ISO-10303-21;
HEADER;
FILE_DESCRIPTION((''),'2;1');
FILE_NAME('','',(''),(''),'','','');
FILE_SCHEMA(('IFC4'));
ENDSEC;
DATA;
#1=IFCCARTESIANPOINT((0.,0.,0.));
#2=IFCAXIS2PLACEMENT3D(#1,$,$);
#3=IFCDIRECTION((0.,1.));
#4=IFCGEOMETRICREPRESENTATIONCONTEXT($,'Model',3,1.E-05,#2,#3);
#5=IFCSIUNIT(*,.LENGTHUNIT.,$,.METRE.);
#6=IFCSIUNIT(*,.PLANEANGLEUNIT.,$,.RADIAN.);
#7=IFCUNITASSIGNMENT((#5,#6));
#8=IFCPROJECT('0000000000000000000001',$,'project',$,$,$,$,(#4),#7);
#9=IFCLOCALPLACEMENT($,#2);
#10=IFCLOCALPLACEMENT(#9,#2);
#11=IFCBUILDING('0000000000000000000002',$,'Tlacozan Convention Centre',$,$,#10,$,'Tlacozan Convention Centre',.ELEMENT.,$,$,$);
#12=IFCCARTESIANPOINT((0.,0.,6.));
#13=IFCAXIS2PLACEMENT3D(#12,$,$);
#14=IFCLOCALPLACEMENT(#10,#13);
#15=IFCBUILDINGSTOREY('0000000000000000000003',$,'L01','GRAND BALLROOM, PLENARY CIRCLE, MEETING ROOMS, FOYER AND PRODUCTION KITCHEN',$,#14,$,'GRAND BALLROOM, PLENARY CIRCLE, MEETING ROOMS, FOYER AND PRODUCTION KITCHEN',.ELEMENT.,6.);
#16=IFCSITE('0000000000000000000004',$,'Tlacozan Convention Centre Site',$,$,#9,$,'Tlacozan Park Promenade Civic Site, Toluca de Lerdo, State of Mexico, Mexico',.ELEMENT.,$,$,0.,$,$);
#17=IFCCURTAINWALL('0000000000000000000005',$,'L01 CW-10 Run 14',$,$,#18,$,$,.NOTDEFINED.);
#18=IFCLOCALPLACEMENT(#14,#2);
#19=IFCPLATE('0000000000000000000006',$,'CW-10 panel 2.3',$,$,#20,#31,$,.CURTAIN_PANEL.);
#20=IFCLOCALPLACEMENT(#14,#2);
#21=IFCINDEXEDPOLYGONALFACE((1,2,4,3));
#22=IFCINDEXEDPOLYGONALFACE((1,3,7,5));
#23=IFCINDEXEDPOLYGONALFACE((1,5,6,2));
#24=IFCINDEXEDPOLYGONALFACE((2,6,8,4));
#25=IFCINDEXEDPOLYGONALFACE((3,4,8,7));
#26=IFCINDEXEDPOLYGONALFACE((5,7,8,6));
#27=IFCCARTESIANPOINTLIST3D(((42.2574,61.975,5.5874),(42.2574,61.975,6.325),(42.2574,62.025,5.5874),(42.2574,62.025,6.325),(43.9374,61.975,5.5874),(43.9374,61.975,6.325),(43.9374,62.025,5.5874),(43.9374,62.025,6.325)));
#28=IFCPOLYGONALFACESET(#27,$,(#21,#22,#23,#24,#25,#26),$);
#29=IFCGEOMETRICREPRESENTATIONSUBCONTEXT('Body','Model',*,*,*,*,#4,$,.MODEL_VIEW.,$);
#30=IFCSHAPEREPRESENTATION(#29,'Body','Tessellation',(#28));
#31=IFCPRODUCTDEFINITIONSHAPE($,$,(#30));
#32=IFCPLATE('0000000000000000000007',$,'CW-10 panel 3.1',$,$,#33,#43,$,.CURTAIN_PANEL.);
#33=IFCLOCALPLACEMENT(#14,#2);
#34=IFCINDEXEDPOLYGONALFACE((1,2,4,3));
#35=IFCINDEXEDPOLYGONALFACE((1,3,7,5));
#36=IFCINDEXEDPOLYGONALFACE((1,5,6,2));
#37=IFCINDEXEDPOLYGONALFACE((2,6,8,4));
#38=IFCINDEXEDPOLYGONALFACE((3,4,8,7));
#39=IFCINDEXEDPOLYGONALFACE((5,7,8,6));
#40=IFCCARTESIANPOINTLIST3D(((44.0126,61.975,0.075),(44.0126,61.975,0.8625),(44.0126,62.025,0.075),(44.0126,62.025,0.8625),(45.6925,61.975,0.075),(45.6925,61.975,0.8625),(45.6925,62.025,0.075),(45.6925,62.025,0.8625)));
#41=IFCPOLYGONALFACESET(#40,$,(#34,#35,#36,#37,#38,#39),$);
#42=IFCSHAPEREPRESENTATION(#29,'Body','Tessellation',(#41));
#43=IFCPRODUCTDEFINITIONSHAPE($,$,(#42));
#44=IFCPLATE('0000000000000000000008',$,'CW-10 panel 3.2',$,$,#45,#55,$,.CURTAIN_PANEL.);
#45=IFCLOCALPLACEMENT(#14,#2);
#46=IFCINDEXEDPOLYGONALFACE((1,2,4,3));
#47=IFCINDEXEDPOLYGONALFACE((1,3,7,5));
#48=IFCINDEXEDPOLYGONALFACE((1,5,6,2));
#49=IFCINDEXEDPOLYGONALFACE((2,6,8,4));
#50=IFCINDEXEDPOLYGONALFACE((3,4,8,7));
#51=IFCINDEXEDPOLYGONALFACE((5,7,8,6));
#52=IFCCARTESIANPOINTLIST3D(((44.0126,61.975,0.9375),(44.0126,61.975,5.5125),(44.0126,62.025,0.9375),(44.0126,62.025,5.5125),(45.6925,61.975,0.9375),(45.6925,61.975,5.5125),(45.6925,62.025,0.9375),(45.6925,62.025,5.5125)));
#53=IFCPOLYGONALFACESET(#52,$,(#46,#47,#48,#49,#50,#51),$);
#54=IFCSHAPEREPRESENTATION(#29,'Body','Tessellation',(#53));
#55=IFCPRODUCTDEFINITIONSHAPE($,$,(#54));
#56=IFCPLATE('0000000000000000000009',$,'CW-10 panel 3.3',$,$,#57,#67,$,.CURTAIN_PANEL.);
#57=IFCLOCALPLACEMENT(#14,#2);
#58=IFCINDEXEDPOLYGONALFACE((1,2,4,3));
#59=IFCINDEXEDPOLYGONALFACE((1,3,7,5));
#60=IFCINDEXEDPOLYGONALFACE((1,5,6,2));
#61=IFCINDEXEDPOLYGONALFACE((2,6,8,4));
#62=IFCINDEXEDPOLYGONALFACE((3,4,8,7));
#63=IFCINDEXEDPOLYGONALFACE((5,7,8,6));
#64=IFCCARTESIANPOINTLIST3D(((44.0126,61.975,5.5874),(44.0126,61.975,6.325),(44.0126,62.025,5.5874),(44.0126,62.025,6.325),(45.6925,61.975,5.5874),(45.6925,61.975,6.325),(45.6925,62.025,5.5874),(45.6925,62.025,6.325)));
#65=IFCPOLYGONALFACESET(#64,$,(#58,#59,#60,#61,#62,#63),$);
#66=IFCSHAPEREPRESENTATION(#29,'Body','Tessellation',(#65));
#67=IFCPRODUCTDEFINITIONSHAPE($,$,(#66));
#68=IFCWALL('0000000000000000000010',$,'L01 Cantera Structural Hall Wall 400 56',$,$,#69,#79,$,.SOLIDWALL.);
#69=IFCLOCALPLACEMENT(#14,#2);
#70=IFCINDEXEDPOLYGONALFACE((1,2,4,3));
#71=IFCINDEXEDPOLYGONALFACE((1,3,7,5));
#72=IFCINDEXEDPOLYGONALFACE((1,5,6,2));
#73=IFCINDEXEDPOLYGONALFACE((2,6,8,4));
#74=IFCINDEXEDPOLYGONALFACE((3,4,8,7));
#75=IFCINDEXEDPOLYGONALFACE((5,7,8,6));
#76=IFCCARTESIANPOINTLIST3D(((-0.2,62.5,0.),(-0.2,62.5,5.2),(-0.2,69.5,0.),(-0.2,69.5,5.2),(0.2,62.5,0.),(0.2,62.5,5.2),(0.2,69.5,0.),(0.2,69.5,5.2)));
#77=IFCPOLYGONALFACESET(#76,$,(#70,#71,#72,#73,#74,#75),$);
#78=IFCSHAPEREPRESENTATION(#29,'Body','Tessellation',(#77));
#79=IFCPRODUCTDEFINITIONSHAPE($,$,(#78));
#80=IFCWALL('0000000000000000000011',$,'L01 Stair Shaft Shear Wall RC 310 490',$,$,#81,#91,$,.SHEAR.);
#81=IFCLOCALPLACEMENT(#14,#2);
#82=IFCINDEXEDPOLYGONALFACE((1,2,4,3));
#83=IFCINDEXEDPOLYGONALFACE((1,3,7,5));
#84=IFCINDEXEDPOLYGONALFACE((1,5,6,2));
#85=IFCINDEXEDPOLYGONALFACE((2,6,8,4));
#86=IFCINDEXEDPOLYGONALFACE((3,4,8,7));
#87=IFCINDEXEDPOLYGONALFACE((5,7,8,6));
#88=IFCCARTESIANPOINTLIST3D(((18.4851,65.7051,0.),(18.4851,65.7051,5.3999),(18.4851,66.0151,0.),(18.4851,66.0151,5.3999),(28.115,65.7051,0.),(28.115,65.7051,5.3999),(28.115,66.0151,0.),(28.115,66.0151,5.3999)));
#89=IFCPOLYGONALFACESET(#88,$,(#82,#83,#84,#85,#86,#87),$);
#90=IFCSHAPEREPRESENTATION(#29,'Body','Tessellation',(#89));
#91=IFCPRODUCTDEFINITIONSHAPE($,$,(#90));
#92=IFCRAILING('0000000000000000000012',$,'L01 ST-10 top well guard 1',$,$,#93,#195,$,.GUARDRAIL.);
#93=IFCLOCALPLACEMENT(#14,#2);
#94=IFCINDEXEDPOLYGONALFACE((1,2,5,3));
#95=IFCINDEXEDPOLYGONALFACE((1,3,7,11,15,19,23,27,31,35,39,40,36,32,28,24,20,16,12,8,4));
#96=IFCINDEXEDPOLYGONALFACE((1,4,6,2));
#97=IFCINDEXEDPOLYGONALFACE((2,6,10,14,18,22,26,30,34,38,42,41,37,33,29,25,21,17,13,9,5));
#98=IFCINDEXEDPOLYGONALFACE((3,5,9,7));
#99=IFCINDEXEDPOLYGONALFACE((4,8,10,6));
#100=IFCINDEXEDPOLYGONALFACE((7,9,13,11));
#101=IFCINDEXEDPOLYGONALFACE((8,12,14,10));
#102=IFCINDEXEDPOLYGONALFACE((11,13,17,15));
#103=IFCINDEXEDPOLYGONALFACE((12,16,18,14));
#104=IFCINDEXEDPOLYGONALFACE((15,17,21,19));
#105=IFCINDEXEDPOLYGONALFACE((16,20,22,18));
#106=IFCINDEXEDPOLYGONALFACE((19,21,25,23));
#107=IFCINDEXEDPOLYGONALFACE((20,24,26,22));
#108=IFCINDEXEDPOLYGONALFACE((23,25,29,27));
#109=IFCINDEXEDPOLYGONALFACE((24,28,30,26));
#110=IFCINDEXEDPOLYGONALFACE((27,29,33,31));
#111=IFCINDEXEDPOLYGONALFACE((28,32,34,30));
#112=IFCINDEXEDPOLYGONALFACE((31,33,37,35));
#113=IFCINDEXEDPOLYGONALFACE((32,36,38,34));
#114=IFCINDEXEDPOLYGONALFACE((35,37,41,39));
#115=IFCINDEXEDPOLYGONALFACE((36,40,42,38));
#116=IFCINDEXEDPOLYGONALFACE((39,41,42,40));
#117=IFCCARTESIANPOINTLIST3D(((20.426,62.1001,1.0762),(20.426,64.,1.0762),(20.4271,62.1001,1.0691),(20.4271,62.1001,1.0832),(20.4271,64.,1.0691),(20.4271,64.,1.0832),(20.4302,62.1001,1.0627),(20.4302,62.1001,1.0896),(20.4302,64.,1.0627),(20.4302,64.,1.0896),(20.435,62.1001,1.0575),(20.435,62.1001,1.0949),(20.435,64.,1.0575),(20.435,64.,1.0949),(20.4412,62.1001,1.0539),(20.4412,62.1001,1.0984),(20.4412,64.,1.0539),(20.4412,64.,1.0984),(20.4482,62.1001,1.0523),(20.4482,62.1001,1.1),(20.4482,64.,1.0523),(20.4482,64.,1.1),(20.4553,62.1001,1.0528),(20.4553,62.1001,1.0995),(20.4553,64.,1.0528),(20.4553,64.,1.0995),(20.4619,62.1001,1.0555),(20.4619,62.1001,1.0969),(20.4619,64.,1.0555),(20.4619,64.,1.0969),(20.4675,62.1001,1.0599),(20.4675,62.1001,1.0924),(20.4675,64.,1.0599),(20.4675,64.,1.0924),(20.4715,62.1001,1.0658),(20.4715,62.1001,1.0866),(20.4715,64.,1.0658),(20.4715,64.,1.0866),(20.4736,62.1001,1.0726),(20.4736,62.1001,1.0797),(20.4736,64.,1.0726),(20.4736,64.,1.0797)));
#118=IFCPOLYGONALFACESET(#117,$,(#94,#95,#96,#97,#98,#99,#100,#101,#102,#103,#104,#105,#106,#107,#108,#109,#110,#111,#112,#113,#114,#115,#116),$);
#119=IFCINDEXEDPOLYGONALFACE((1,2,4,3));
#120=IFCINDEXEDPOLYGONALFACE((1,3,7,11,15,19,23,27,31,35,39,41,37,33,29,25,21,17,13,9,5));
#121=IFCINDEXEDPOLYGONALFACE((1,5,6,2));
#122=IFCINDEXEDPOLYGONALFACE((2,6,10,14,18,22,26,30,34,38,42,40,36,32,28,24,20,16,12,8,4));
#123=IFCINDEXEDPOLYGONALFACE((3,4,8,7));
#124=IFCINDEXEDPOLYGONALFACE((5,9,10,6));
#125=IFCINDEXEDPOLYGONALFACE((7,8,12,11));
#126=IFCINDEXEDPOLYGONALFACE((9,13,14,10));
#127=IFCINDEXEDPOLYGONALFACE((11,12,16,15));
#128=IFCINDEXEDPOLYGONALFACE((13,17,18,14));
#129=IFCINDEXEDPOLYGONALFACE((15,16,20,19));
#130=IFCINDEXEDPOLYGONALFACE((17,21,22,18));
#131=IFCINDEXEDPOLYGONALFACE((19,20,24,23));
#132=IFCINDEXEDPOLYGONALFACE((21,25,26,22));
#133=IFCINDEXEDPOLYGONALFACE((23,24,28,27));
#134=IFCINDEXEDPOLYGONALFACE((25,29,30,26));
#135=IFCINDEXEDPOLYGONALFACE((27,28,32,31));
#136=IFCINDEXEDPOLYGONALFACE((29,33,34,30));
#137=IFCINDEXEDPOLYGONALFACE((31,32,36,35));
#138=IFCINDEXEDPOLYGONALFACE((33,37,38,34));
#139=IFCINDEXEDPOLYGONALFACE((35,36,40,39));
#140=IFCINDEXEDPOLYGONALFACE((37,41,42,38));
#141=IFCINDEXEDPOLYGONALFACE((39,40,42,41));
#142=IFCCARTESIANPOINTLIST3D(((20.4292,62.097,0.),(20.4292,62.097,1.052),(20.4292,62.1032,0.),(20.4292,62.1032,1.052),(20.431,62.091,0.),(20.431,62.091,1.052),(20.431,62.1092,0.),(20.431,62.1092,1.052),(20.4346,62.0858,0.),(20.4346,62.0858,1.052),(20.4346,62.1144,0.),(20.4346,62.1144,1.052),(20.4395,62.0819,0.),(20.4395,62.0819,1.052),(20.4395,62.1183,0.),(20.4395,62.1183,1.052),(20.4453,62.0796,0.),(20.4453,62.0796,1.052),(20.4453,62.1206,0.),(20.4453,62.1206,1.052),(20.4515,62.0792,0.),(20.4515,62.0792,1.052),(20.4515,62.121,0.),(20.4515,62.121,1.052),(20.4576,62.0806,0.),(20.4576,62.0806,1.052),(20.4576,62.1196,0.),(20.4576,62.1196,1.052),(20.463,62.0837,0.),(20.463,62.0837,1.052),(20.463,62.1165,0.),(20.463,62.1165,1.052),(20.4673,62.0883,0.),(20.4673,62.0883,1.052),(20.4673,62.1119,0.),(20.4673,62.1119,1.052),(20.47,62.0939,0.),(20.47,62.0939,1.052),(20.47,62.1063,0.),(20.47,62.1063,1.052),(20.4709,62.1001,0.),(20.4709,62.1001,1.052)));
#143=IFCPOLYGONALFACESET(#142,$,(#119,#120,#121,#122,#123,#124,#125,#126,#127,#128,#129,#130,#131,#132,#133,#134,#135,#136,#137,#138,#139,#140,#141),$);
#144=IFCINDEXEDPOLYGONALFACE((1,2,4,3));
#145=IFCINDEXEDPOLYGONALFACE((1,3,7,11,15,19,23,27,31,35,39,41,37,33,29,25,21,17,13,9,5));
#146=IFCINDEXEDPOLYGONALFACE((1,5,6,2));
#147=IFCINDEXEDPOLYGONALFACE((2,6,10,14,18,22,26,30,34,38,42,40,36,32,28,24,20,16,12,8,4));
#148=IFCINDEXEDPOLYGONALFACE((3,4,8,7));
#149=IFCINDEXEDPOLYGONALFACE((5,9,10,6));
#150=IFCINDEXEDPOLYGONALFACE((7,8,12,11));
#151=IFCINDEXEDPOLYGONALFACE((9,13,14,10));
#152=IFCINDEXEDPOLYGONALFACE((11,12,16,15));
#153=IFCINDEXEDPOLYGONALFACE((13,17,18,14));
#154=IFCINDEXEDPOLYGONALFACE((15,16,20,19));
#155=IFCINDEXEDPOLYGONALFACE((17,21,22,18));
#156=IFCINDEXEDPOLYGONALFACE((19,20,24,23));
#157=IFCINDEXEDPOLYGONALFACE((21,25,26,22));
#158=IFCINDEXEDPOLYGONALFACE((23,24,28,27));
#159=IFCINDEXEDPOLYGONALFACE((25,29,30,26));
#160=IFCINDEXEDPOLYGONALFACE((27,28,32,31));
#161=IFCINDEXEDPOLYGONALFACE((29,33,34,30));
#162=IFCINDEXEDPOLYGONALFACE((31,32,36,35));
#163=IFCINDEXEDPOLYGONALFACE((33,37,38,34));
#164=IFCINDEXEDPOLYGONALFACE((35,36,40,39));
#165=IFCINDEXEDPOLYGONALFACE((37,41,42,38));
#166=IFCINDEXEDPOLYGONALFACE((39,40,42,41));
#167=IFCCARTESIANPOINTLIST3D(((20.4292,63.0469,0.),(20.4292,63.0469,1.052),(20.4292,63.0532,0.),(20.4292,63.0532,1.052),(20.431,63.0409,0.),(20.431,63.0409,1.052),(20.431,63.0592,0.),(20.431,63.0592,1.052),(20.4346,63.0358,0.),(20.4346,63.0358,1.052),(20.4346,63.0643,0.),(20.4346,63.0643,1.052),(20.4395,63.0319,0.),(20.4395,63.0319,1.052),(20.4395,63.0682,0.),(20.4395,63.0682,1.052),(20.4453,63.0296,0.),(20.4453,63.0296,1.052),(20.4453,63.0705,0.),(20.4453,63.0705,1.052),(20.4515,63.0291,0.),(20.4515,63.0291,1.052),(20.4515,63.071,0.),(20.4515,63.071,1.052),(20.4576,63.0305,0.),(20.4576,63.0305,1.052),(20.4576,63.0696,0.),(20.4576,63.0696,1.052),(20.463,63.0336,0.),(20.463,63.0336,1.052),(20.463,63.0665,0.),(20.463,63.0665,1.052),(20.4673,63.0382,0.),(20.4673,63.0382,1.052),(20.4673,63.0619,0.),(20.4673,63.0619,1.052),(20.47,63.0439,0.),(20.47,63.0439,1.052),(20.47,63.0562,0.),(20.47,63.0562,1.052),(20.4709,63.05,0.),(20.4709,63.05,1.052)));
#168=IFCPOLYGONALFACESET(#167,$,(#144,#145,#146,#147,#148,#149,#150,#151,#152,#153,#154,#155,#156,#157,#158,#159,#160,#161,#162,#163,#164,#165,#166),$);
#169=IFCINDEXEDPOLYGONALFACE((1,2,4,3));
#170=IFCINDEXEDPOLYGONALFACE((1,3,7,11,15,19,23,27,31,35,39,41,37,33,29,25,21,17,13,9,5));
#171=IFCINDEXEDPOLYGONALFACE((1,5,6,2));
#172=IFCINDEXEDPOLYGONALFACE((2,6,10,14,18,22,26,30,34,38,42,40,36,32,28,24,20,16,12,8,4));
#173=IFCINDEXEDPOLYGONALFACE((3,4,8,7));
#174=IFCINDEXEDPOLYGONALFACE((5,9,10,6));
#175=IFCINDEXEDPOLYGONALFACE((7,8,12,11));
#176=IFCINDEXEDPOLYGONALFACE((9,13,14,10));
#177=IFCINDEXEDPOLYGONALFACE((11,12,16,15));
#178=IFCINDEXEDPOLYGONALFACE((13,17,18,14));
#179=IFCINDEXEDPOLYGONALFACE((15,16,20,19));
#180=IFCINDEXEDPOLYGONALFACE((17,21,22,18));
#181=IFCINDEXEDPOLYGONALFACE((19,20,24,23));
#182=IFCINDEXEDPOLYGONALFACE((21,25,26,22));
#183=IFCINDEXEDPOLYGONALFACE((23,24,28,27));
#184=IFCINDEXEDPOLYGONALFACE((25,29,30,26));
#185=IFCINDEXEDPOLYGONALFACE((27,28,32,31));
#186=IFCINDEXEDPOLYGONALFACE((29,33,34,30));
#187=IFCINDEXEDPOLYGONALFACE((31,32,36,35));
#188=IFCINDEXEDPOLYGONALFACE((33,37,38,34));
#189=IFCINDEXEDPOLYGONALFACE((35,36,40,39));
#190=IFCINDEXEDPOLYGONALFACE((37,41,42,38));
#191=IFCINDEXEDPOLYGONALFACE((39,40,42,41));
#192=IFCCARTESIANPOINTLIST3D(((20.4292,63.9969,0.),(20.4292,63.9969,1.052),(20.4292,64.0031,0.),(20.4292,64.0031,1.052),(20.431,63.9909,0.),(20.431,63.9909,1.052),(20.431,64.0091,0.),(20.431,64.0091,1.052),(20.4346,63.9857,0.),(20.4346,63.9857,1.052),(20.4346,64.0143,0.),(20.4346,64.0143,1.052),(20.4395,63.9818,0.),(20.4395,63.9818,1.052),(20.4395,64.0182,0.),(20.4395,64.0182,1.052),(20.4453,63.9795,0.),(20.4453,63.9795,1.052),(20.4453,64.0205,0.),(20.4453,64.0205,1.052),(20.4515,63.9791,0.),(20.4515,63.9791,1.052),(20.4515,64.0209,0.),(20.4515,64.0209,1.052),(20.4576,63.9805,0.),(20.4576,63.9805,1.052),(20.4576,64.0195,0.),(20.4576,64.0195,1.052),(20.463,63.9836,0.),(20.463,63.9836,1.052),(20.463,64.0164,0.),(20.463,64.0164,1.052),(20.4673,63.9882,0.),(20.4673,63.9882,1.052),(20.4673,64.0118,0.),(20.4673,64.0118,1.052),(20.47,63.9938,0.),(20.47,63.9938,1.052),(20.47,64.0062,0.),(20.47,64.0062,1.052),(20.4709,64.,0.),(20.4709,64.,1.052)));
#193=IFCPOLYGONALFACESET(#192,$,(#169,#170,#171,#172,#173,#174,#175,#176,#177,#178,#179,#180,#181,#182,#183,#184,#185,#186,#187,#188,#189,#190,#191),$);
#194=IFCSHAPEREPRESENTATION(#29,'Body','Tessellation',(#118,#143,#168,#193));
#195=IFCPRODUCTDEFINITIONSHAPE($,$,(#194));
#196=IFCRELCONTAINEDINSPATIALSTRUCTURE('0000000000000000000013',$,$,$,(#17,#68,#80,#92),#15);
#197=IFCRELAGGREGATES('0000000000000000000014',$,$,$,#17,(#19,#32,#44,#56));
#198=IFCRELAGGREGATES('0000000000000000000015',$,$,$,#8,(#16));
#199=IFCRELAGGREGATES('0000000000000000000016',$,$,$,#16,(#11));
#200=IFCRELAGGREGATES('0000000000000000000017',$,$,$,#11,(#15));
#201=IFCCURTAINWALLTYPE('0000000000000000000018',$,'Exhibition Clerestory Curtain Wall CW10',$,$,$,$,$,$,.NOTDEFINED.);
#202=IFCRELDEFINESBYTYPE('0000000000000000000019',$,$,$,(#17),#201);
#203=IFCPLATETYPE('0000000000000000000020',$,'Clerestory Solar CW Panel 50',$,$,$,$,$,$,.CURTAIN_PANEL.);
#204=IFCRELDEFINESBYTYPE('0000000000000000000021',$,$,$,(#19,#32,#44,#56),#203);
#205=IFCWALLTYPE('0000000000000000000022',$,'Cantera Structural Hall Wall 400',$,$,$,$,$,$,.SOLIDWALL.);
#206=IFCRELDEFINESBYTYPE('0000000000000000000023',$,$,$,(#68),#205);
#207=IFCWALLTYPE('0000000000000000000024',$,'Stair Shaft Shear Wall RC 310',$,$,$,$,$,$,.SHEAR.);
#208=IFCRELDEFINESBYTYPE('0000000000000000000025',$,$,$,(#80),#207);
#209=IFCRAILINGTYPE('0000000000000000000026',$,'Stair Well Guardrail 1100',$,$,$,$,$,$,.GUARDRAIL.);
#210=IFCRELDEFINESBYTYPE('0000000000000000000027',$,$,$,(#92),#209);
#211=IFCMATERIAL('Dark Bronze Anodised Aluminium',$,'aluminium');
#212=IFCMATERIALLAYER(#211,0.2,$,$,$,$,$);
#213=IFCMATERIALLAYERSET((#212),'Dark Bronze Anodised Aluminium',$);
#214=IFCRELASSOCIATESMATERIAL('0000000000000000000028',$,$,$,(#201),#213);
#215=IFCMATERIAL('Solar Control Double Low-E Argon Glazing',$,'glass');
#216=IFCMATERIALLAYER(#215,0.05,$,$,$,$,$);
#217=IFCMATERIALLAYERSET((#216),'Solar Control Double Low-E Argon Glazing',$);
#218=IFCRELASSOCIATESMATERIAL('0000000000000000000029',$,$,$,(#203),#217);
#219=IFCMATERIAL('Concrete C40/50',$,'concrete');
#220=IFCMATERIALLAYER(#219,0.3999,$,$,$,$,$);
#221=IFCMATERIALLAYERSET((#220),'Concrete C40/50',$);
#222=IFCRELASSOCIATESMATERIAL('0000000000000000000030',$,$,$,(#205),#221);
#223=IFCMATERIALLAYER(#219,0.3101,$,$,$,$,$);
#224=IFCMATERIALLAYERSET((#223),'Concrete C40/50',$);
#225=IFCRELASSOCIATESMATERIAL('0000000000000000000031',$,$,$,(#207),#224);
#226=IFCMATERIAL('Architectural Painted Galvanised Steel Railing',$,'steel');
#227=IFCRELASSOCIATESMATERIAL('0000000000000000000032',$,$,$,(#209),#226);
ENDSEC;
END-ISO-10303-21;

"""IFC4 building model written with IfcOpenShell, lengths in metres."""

from ifc_helpers import new_model, si_unit, direction, frame, frame_2d, origin, origin_2d, place, context, subcontext, project, spatial, rectangle, circle, extrude, material, layer, layer_set, type_object, element, aggregate, save


model = new_model("IFC4")

# Units and contexts
model_context = context("Model", 3, precision=1e-05, world=origin(), true_north=direction((0.0, 1.0)))
body_context = subcontext(model_context, "Body", "Model", "MODEL_VIEW")
ifc_project = project(units=[si_unit("LENGTHUNIT", "METRE"), si_unit("PLANEANGLEUNIT", "RADIAN")], contexts=[model_context])

# Site, building, storey
site_placement = place(None, origin())
site = spatial("IfcSite", under=ifc_project, at=site_placement, Name="Tlacozan Convention Centre Site", LongName="Tlacozan Park Promenade Civic Site, Toluca de Lerdo, State of Mexico, Mexico", CompositionType="ELEMENT", RefElevation=0.0)
building_placement = place(site_placement, origin())
building = spatial("IfcBuilding", under=site, at=building_placement, Name="Tlacozan Convention Centre", LongName="Tlacozan Convention Centre", CompositionType="ELEMENT")
storey_placement = place(building_placement, frame((0.0, 0.0, 6.0)))
storey = spatial("IfcBuildingStorey", under=building, at=storey_placement, Name="L01", Description="GRAND BALLROOM, PLENARY CIRCLE, MEETING ROOMS, FOYER AND PRODUCTION KITCHEN", LongName="GRAND BALLROOM, PLENARY CIRCLE, MEETING ROOMS, FOYER AND PRODUCTION KITCHEN", CompositionType="ELEMENT", Elevation=6.0)

# Shared definitions
ifc_material_1 = material(Name="Concrete C40/50", Category="concrete")

# Curtain wall
ifc_material_2 = material(Name="Dark Bronze Anodised Aluminium", Category="aluminium")
ifc_layer_1 = layer(ifc_material_2, 0.2)
ifc_layer_set_1 = layer_set([ifc_layer_1], Name="Dark Bronze Anodised Aluminium")
curtain_wall_type = type_object("IfcCurtainWallType", Name="Exhibition Clerestory Curtain Wall CW10", PredefinedType="NOTDEFINED", material=ifc_layer_set_1)
curtain_wall_placement = place(storey_placement, origin())
curtain_wall = element("IfcCurtainWall", 1, at=curtain_wall_placement, inside=storey, type_object=curtain_wall_type, Name="L01 CW-10 Run 14", PredefinedType="NOTDEFINED")

# Plates
ifc_material_3 = material(Name="Solar Control Double Low-E Argon Glazing", Category="glass")
ifc_layer_2 = layer(ifc_material_3, 0.05)
ifc_layer_set_2 = layer_set([ifc_layer_2], Name="Solar Control Double Low-E Argon Glazing")
plate_type_1 = type_object("IfcPlateType", Name="Clerestory Solar CW Panel 50", PredefinedType="CURTAIN_PANEL", material=ifc_layer_set_2)
plate_1_placement = place(storey_placement, frame((43.0974, 62.0, 5.5874), z_axis=(0.0, 0.0, 1.0), x_axis=(1.0, 0.0, 0.0)))
plate_1 = element("IfcPlate", 2, at=plate_1_placement, type_object=plate_type_1, Name="CW-10 panel 2.3", PredefinedType="CURTAIN_PANEL", context=body_context, shape_type="SweptSolid", body=[
    extrude(rectangle(XDim=1.6799, YDim=0.05, at=origin_2d()), origin(), (0.0, 0.0, 1.0), 0.7375),
])
plate_2_placement = place(storey_placement, frame((44.8525, 62.0, 0.075), z_axis=(0.0, 0.0, 1.0), x_axis=(1.0, 0.0, 0.0)))
plate_2 = element("IfcPlate", 3, at=plate_2_placement, type_object=plate_type_1, Name="CW-10 panel 3.1", PredefinedType="CURTAIN_PANEL", context=body_context, shape_type="SweptSolid", body=[
    extrude(rectangle(XDim=1.6799, YDim=0.05, at=origin_2d()), origin(), (0.0, 0.0, 1.0), 0.7876),
])
plate_3_placement = place(storey_placement, frame((44.8525, 62.0, 0.9375), z_axis=(0.0, 0.0, 1.0), x_axis=(1.0, 0.0, 0.0)))
plate_3 = element("IfcPlate", 4, at=plate_3_placement, type_object=plate_type_1, Name="CW-10 panel 3.2", PredefinedType="CURTAIN_PANEL", context=body_context, shape_type="SweptSolid", body=[
    extrude(rectangle(XDim=1.6799, YDim=0.05, at=origin_2d()), origin(), (0.0, 0.0, 1.0), 4.575),
])
plate_4_placement = place(storey_placement, frame((44.8525, 62.0, 5.5874), z_axis=(0.0, 0.0, 1.0), x_axis=(1.0, 0.0, 0.0)))
plate_4 = element("IfcPlate", 5, at=plate_4_placement, type_object=plate_type_1, Name="CW-10 panel 3.3", PredefinedType="CURTAIN_PANEL", context=body_context, shape_type="SweptSolid", body=[
    extrude(rectangle(XDim=1.6799, YDim=0.05, at=origin_2d()), origin(), (0.0, 0.0, 1.0), 0.7375),
])
aggregate(curtain_wall, [plate_1, plate_2, plate_3, plate_4])

# Walls
ifc_layer_3 = layer(ifc_material_1, 0.3999)
ifc_layer_set_3 = layer_set([ifc_layer_3], Name="Concrete C40/50")
wall_type_1 = type_object("IfcWallType", Name="Cantera Structural Hall Wall 400", PredefinedType="SOLIDWALL", material=ifc_layer_set_3)
wall_1_placement = place(storey_placement, frame((0.0, 62.5, 0.0), z_axis=(0.0, 0.0, 1.0), x_axis=(0.0, 1.0, 0.0)))
element("IfcWall", 6, at=wall_1_placement, inside=storey, type_object=wall_type_1, Name="L01 Cantera Structural Hall Wall 400 56", PredefinedType="SOLIDWALL", context=body_context, shape_type="SweptSolid", body=[
    extrude(rectangle(XDim=7.0, YDim=0.3999, at=frame_2d((3.5, 0.0))), origin(), (0.0, 0.0, 1.0), 5.2),
])
ifc_layer_4 = layer(ifc_material_1, 0.3101)
ifc_layer_set_4 = layer_set([ifc_layer_4], Name="Concrete C40/50")
wall_type_2 = type_object("IfcWallType", Name="Stair Shaft Shear Wall RC 310", PredefinedType="SHEAR", material=ifc_layer_set_4)
wall_2_placement = place(storey_placement, frame((18.4851, 65.8601, 0.0), z_axis=(0.0, 0.0, 1.0), x_axis=(1.0, 0.0, 0.0)))
element("IfcWall", 7, at=wall_2_placement, inside=storey, type_object=wall_type_2, Name="L01 Stair Shaft Shear Wall RC 310 490", PredefinedType="SHEAR", context=body_context, shape_type="SweptSolid", body=[
    extrude(rectangle(XDim=9.6299, YDim=0.3101, at=frame_2d((4.8149, 0.0))), origin(), (0.0, 0.0, 1.0), 5.3999),
])

# Railing
ifc_material_4 = material(Name="Architectural Painted Galvanised Steel Railing", Category="steel")
railing_type_1 = type_object("IfcRailingType", Name="Stair Well Guardrail 1100", PredefinedType="GUARDRAIL", material=ifc_material_4)
railing_1_placement = place(storey_placement, frame((20.45, 62.1001, 0.0)))
element("IfcRailing", 8, at=railing_1_placement, inside=storey, type_object=railing_type_1, Name="L01 ST-10 top well guard 1", PredefinedType="GUARDRAIL", context=body_context, shape_type="SweptSolid", body=[
    extrude(circle(Radius=0.0239, at=origin_2d()), frame((0.0, 0.0, 1.0762), z_axis=(0.0, 1.0, 0.0), x_axis=(-1.0, 0.0, 0.0)), (0.0, 0.0, 1.0), 1.8999),
    extrude(circle(Radius=0.021, at=origin_2d()), origin(), (0.0, 0.0, 1.0), 1.052),
    extrude(circle(Radius=0.021, at=origin_2d()), frame((0.0, 0.95, 0.0)), (0.0, 0.0, 1.0), 1.052),
    extrude(circle(Radius=0.021, at=origin_2d()), frame((0.0, 1.8999, 0.0)), (0.0, 0.0, 1.0), 1.052),
])

save(model, "model.ifc")
